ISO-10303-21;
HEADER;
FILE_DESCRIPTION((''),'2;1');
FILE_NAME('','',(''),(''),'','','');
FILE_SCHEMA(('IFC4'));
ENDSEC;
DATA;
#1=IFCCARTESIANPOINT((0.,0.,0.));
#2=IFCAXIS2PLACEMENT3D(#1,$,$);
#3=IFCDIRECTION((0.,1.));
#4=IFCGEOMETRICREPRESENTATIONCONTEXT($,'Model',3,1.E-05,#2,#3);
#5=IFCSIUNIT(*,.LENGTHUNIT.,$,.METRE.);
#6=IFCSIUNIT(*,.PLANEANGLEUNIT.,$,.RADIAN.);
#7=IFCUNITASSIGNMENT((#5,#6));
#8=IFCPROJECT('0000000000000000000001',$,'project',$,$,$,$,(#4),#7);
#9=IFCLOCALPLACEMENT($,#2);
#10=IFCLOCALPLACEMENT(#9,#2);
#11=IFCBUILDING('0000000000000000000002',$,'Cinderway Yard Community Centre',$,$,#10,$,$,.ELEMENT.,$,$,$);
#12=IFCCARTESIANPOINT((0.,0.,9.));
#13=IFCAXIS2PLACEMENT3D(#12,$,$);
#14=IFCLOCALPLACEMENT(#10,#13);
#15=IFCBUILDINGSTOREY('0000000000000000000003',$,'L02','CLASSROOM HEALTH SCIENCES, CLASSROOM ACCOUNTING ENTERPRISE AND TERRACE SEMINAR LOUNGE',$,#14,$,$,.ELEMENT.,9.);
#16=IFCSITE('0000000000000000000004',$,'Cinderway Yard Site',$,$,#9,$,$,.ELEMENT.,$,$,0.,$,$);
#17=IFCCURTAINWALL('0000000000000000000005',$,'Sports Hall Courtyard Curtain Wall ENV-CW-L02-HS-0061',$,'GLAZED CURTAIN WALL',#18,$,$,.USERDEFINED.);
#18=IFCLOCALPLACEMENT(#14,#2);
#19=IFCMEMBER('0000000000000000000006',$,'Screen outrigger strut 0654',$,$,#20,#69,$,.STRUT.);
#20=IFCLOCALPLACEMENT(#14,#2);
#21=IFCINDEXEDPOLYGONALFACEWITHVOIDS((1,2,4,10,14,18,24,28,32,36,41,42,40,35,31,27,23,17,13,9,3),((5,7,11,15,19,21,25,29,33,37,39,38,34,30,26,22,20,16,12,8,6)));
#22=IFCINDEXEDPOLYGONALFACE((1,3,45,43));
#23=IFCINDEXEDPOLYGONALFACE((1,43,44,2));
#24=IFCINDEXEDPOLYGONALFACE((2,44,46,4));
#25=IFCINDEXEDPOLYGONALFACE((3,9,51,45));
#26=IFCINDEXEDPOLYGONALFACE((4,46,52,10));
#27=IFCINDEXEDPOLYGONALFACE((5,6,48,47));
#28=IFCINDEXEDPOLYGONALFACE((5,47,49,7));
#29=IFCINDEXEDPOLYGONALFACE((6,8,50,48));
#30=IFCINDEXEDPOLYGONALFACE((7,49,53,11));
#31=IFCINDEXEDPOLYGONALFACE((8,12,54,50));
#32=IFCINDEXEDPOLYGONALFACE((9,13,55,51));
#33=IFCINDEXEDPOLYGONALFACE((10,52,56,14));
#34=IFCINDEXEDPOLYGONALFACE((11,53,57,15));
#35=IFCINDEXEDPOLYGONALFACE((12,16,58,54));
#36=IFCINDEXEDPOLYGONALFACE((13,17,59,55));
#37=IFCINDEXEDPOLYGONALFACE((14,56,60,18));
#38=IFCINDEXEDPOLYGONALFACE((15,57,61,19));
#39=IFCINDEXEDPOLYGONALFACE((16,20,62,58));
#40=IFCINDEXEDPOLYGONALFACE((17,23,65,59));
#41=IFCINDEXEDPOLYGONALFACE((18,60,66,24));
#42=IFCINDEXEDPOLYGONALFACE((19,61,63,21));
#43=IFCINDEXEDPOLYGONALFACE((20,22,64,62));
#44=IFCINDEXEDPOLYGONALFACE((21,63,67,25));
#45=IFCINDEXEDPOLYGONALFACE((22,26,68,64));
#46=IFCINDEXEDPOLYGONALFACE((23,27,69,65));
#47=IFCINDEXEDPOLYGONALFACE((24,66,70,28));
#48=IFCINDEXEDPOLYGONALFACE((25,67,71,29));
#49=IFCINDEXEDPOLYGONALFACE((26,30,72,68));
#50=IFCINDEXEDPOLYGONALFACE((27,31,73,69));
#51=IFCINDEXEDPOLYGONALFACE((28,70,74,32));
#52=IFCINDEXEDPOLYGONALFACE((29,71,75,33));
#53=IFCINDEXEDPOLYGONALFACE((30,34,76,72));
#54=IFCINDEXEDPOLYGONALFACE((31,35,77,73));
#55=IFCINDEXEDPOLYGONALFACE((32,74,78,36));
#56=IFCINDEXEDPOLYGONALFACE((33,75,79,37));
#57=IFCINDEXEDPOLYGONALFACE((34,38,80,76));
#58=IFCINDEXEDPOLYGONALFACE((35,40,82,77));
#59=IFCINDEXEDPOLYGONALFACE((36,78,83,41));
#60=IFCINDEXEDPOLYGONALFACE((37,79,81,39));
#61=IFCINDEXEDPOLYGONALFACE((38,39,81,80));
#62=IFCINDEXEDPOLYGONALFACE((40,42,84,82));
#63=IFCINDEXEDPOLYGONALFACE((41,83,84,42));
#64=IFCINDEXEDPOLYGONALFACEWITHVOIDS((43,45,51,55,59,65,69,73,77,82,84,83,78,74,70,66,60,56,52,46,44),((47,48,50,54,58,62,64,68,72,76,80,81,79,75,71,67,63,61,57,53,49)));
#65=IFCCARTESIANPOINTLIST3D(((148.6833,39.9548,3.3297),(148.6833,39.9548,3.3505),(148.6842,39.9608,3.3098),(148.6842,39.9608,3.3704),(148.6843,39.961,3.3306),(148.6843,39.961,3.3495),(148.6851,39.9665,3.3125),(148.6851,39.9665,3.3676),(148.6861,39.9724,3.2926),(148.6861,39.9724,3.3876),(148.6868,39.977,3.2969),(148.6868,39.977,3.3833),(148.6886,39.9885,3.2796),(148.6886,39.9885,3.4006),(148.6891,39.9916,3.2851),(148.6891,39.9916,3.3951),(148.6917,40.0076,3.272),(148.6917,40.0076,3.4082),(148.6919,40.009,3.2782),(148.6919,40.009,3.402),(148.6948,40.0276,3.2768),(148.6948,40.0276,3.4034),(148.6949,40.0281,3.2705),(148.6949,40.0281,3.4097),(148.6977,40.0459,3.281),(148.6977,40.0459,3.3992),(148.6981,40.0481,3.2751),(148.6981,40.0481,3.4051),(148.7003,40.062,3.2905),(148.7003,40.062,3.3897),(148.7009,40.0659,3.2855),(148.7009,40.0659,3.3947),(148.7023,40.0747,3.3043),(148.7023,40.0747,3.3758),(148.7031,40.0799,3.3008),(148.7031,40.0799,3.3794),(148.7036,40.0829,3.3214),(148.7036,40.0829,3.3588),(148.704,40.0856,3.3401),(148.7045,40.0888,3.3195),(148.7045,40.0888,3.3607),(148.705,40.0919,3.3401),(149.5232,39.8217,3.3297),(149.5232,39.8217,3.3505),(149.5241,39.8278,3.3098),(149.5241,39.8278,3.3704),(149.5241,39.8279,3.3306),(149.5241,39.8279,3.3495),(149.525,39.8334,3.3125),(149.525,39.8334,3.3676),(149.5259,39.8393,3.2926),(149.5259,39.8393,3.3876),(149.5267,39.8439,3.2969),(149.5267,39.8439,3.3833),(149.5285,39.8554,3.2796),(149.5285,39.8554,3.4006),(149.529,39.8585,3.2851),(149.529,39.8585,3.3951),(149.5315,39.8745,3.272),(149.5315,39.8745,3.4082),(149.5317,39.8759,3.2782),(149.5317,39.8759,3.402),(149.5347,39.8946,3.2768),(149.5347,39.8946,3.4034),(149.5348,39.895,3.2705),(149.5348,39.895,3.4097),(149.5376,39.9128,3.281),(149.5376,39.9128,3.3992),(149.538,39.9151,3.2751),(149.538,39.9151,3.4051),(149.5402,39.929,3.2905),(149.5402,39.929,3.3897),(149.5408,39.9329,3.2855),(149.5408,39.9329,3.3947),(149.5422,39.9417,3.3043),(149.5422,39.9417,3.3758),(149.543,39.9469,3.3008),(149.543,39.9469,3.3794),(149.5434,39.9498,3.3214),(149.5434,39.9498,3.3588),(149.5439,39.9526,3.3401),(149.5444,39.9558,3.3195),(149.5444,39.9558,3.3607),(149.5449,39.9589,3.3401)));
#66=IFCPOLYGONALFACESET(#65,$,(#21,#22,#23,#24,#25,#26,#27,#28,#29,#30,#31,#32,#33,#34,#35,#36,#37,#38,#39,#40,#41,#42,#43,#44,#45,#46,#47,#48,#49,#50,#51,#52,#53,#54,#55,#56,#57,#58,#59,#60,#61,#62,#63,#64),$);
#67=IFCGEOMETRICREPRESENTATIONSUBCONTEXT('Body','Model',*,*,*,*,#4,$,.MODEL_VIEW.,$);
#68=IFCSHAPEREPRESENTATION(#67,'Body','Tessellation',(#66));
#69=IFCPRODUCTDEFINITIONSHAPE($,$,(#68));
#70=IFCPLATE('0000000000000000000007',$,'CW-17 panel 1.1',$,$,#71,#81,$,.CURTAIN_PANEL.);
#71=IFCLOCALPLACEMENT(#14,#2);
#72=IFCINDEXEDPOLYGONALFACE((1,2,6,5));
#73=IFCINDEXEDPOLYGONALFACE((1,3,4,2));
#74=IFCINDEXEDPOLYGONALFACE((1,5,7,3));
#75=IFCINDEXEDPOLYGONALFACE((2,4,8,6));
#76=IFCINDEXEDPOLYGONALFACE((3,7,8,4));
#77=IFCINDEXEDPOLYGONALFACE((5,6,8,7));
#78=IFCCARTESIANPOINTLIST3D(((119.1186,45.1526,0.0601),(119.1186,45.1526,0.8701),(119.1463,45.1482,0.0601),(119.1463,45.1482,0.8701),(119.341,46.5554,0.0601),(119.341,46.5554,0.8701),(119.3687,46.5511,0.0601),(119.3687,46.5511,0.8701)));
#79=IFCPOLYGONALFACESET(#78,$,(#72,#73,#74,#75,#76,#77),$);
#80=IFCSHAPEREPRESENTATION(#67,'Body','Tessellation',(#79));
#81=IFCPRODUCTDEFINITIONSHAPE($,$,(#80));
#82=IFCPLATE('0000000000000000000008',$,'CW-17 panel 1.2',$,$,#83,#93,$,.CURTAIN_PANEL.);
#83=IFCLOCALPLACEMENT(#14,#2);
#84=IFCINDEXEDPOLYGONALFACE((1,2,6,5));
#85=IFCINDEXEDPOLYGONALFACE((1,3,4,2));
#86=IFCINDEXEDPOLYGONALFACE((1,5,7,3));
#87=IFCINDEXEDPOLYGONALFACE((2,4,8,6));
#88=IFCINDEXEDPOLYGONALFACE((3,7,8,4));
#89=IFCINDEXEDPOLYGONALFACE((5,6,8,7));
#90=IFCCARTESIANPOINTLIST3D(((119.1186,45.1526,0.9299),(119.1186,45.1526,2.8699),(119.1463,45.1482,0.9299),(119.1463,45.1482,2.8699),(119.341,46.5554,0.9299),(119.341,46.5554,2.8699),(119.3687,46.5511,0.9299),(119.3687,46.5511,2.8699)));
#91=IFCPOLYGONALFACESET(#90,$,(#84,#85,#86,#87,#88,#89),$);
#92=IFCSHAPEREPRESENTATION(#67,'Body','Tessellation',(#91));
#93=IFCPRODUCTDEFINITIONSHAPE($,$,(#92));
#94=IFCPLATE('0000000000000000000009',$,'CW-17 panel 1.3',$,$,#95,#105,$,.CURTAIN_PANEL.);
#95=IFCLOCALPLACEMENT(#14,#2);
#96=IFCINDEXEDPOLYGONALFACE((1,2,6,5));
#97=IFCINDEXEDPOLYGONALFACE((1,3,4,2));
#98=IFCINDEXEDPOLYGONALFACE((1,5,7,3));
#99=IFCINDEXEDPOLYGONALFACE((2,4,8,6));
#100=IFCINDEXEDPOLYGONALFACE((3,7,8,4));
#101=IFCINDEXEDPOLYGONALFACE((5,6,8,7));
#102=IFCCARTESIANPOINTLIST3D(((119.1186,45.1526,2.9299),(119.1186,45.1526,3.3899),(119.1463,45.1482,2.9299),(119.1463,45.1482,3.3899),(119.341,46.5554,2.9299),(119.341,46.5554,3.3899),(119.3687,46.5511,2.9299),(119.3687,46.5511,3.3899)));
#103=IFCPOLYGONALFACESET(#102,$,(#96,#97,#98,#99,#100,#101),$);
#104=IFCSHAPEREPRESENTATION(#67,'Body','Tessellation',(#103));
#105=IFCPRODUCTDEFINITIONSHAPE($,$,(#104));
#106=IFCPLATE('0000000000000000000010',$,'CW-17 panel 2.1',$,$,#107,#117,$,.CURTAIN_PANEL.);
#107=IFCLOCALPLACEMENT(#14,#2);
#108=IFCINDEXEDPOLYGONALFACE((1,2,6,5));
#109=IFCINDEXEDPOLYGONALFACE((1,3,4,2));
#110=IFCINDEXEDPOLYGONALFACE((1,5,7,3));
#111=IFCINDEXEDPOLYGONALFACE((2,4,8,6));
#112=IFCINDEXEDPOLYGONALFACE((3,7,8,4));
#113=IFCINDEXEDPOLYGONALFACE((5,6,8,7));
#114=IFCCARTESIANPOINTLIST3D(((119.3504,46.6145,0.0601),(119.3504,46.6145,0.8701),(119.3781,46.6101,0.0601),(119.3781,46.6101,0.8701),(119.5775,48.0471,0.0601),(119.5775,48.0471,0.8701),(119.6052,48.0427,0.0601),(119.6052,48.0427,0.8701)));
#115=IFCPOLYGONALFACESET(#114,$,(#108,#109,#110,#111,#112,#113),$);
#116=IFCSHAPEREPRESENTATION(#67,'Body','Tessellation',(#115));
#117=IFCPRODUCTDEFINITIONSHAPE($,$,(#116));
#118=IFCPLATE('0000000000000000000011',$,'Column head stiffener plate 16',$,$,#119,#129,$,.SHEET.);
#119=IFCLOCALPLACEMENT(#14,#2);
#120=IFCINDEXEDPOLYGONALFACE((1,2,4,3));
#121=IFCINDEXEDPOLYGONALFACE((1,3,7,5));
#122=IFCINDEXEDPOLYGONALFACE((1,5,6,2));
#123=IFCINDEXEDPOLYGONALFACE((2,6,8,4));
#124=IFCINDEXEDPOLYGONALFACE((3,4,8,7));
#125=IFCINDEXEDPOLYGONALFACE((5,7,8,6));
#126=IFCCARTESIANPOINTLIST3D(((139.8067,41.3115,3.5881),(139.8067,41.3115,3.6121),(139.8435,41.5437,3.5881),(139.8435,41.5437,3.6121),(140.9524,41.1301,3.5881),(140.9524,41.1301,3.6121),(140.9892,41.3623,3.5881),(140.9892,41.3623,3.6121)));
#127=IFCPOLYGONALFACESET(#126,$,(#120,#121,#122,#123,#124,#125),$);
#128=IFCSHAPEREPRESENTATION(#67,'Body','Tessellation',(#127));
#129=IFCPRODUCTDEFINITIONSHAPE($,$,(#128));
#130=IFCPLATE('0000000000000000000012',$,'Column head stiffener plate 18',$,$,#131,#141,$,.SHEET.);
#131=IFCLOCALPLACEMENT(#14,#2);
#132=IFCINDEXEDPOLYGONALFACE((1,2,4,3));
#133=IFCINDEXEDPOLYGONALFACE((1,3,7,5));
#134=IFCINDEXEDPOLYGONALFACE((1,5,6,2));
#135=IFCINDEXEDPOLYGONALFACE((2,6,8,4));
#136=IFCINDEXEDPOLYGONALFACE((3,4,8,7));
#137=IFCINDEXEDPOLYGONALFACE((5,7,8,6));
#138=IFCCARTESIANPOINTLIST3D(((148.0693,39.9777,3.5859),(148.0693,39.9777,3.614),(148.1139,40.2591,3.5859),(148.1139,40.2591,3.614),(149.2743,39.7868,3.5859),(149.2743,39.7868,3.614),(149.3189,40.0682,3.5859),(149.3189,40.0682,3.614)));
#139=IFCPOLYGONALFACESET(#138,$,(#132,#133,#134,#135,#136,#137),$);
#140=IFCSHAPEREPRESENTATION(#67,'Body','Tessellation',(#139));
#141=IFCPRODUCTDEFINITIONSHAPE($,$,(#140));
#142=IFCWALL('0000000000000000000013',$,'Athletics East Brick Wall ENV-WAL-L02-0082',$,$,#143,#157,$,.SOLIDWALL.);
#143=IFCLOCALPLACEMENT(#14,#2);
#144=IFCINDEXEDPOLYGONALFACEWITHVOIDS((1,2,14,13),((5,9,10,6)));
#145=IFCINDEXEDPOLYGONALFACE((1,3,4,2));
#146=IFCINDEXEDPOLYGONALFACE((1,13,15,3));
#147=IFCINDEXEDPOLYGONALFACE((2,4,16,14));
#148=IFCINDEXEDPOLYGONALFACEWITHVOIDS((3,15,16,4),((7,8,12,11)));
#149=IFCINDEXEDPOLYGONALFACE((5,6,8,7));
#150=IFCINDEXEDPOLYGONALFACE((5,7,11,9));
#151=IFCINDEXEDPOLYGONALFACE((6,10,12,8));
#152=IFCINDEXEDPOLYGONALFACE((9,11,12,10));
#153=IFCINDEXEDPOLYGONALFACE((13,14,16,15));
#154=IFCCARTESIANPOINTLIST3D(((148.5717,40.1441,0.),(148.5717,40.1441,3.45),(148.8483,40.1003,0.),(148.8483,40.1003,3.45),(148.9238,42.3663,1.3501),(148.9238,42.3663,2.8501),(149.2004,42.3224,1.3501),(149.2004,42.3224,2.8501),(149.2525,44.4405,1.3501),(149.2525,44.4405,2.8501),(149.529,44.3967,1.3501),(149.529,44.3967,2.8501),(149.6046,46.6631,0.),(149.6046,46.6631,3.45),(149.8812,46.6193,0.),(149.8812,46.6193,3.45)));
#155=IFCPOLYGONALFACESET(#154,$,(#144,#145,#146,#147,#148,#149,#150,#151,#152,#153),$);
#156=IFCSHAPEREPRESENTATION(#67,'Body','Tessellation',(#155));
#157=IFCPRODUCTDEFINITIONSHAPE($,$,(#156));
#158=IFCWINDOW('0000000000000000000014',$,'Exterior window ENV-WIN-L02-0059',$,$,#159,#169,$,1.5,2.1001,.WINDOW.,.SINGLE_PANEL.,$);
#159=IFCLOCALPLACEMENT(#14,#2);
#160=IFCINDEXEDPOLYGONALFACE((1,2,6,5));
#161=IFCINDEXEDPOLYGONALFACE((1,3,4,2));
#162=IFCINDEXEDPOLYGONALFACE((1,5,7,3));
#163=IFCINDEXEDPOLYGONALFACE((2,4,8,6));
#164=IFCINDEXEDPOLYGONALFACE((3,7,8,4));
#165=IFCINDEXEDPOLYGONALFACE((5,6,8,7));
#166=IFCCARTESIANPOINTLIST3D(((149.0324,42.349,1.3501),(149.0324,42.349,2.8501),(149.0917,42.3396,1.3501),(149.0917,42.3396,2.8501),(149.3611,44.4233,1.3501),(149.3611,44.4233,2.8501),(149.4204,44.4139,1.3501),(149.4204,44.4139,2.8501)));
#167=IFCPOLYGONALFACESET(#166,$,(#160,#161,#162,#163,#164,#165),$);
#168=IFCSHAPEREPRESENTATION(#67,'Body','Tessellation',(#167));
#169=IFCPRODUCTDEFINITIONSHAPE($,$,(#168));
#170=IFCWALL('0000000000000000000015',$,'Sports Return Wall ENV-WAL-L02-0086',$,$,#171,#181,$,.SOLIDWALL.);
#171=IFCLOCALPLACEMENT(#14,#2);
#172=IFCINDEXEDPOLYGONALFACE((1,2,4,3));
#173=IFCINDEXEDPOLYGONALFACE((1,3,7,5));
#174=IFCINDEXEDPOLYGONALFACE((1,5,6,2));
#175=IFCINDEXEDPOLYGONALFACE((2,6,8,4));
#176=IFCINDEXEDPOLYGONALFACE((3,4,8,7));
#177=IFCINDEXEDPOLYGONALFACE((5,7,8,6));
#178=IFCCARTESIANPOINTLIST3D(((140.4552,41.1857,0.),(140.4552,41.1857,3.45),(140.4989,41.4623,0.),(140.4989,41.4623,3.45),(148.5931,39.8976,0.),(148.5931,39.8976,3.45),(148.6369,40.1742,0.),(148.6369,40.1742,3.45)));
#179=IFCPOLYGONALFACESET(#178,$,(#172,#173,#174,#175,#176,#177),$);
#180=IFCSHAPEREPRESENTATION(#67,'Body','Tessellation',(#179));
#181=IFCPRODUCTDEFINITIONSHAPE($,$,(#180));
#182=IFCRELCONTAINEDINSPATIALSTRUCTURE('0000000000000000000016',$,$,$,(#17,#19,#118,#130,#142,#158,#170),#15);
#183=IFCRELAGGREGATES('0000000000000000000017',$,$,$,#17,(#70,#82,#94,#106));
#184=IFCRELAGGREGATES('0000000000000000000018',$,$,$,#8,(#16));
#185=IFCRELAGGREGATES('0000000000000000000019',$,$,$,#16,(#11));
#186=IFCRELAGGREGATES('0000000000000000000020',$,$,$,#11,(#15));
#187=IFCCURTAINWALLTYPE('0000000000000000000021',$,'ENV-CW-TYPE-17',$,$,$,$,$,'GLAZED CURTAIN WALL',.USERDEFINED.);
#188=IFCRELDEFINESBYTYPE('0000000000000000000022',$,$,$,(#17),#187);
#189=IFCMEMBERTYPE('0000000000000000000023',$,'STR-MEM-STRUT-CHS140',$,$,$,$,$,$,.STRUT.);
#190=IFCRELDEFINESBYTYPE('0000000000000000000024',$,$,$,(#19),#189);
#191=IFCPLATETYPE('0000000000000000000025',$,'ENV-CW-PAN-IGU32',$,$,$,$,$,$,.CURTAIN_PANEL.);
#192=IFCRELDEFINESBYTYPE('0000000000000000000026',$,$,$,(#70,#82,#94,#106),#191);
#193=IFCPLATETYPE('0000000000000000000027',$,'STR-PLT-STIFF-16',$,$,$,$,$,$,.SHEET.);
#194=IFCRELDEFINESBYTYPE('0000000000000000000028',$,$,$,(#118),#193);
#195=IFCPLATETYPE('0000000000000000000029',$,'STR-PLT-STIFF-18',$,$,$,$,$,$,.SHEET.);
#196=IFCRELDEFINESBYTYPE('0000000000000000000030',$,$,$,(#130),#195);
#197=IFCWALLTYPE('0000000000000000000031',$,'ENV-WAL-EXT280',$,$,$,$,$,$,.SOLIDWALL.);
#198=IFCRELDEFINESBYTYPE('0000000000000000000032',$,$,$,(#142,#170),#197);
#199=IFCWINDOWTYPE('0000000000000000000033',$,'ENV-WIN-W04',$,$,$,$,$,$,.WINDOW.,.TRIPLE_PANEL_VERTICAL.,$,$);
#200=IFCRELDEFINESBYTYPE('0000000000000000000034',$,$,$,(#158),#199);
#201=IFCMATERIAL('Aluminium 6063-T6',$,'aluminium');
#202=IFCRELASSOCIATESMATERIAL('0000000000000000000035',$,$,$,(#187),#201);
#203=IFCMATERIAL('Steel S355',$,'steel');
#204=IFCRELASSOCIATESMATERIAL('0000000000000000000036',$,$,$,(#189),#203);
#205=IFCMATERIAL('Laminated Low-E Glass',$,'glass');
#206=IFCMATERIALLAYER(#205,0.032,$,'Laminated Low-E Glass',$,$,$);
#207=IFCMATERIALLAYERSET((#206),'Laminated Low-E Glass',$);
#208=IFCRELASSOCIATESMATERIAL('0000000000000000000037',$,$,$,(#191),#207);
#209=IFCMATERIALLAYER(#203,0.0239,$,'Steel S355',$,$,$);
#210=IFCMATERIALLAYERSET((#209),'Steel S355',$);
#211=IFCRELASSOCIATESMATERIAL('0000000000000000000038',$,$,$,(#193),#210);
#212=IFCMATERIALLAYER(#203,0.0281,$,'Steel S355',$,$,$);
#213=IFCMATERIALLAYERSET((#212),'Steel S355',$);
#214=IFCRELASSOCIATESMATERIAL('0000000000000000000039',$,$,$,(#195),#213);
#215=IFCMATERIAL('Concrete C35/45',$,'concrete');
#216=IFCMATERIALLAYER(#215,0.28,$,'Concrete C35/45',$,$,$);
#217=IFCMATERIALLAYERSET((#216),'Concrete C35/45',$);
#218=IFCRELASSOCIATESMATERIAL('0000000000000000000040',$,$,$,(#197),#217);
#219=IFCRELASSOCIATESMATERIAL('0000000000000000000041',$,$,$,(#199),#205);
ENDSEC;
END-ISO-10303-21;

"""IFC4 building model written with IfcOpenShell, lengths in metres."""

from ifc_helpers import new_model, si_unit, direction, frame, frame_2d, origin, origin_2d, place, context, subcontext, project, spatial, rectangle, hollow_circle, extrude, material, layer, layer_set, material_profile, profile_set, type_object, element, fill, aggregate, save


model = new_model("IFC4")

# Units and contexts
model_context = context("Model", 3, precision=1e-05, world=origin(), true_north=direction((0.0, 1.0)))
body_context = subcontext(model_context, "Body", "Model", "MODEL_VIEW")
ifc_project = project(units=[si_unit("LENGTHUNIT", "METRE"), si_unit("PLANEANGLEUNIT", "RADIAN")], contexts=[model_context])

# Site, building, storey
site_placement = place(None, origin())
site = spatial("IfcSite", under=ifc_project, at=site_placement, Name="Cinderway Yard Site", CompositionType="ELEMENT", RefElevation=0.0)
building_placement = place(site_placement, origin())
building = spatial("IfcBuilding", under=site, at=building_placement, Name="Cinderway Yard Community Centre", CompositionType="ELEMENT")
storey_placement = place(building_placement, frame((0.0, 0.0, 9.0)))
storey = spatial("IfcBuildingStorey", under=building, at=storey_placement, Name="L02", Description="CLASSROOM HEALTH SCIENCES, CLASSROOM ACCOUNTING ENTERPRISE AND TERRACE SEMINAR LOUNGE", CompositionType="ELEMENT", Elevation=9.0)

# Curtain wall
ifc_material_1 = material(Name="Aluminium 6063-T6", Category="aluminium")
curtain_wall_type = type_object("IfcCurtainWallType", Name="ENV-CW-TYPE-17", ElementType="GLAZED CURTAIN WALL", PredefinedType="USERDEFINED", material=ifc_material_1)
curtain_wall_placement = place(storey_placement, origin())
curtain_wall = element("IfcCurtainWall", 1, at=curtain_wall_placement, inside=storey, type_object=curtain_wall_type, Name="Sports Hall Courtyard Curtain Wall ENV-CW-L02-HS-0061", ObjectType="GLAZED CURTAIN WALL", PredefinedType="USERDEFINED")

# Shared definitions
ifc_material_2 = material(Name="Steel S355", Category="steel")

# Member
ifc_material_profile_1 = material_profile(ifc_material_2, hollow_circle(Radius=0.0698, WallThickness=0.0063, at=origin_2d()), Name="Steel S355")
ifc_profile_set_1 = profile_set([ifc_material_profile_1], Name="Steel S355")
member_type_1 = type_object("IfcMemberType", Name="STR-MEM-STRUT-CHS140", PredefinedType="STRUT", material=ifc_profile_set_1)
for number, where, z_axis, x_axis, name in (
    (2, (148.6941, 40.0229, 3.3401), (0.987681, -0.156479, 0.0), (0.156479, 0.987681, 0.0), "Screen outrigger strut 0654"),
):
    element("IfcMember", number, at=place(storey_placement, frame(where, z_axis=z_axis, x_axis=x_axis)), inside=storey, type_object=member_type_1, Name=name, PredefinedType="STRUT", context=body_context, shape_type="SweptSolid", body=[
        extrude(hollow_circle(Radius=0.0698, WallThickness=0.0063, at=origin_2d()), origin(), (0.0, 0.0, 1.0), 0.8503),
    ])

# Plates
ifc_material_3 = material(Name="Laminated Low-E Glass", Category="glass")
ifc_layer_1 = layer(ifc_material_3, 0.032, Name="Laminated Low-E Glass")
ifc_layer_set_1 = layer_set([ifc_layer_1], Name="Laminated Low-E Glass")
plate_type_1 = type_object("IfcPlateType", Name="ENV-CW-PAN-IGU32", PredefinedType="CURTAIN_PANEL", material=ifc_layer_set_1)
plate_1_placement = place(storey_placement, frame((119.2437, 45.8518, 0.0601), z_axis=(0.0, 0.0, 1.0), x_axis=(0.156583, 0.987665, 0.0)))
plate_1 = element("IfcPlate", 3, at=plate_1_placement, type_object=plate_type_1, Name="CW-17 panel 1.1", PredefinedType="CURTAIN_PANEL", context=body_context, shape_type="SweptSolid", body=[
    extrude(rectangle(XDim=1.4204, YDim=0.0281, at=origin_2d()), origin(), (0.0, 0.0, 1.0), 0.8101),
])
plate_2_placement = place(storey_placement, frame((119.2437, 45.8518, 0.9299), z_axis=(0.0, 0.0, 1.0), x_axis=(0.156583, 0.987665, 0.0)))
plate_2 = element("IfcPlate", 4, at=plate_2_placement, type_object=plate_type_1, Name="CW-17 panel 1.2", PredefinedType="CURTAIN_PANEL", context=body_context, shape_type="SweptSolid", body=[
    extrude(rectangle(XDim=1.4204, YDim=0.0281, at=origin_2d()), origin(), (0.0, 0.0, 1.0), 1.9399),
])
plate_3_placement = place(storey_placement, frame((119.2437, 45.8518, 2.9299), z_axis=(0.0, 0.0, 1.0), x_axis=(0.156583, 0.987665, 0.0)))
plate_3 = element("IfcPlate", 5, at=plate_3_placement, type_object=plate_type_1, Name="CW-17 panel 1.3", PredefinedType="CURTAIN_PANEL", context=body_context, shape_type="SweptSolid", body=[
    extrude(rectangle(XDim=1.4204, YDim=0.0281, at=origin_2d()), origin(), (0.0, 0.0, 1.0), 0.46),
])
plate_4_placement = place(storey_placement, frame((119.4778, 47.3286, 0.0601), z_axis=(0.0, 0.0, 1.0), x_axis=(0.156583, 0.987665, 0.0)))
plate_4 = element("IfcPlate", 6, at=plate_4_placement, type_object=plate_type_1, Name="CW-17 panel 2.1", PredefinedType="CURTAIN_PANEL", context=body_context, shape_type="SweptSolid", body=[
    extrude(rectangle(XDim=1.4504, YDim=0.0281, at=origin_2d()), origin(), (0.0, 0.0, 1.0), 0.8101),
])
aggregate(curtain_wall, [plate_1, plate_2, plate_3, plate_4])

# Plates
ifc_layer_2 = layer(ifc_material_2, 0.0239, Name="Steel S355")
ifc_layer_set_2 = layer_set([ifc_layer_2], Name="Steel S355")
plate_type_2 = type_object("IfcPlateType", Name="STR-PLT-STIFF-16", PredefinedType="SHEET", material=ifc_layer_set_2)
plate_5_placement = place(storey_placement, frame((140.3979, 41.3369, 3.5881), z_axis=(0.0, 0.0, 1.0), x_axis=(0.987688, -0.156434, 0.0)))
element("IfcPlate", 7, at=plate_5_placement, inside=storey, type_object=plate_type_2, Name="Column head stiffener plate 16", PredefinedType="SHEET", context=body_context, shape_type="SweptSolid", body=[
    extrude(rectangle(XDim=1.1599, YDim=0.2351, at=origin_2d()), origin(), (0.0, 0.0, 1.0), 0.0239),
])
ifc_layer_3 = layer(ifc_material_2, 0.0281, Name="Steel S355")
ifc_layer_set_3 = layer_set([ifc_layer_3], Name="Steel S355")
plate_type_3 = type_object("IfcPlateType", Name="STR-PLT-STIFF-18", PredefinedType="SHEET", material=ifc_layer_set_3)
plate_6_placement = place(storey_placement, frame((148.6941, 40.0229, 3.5859), z_axis=(0.0, 0.0, 1.0), x_axis=(0.987688, -0.156434, 0.0)))
element("IfcPlate", 8, at=plate_6_placement, inside=storey, type_object=plate_type_3, Name="Column head stiffener plate 18", PredefinedType="SHEET", context=body_context, shape_type="SweptSolid", body=[
    extrude(rectangle(XDim=1.22, YDim=0.2849, at=origin_2d()), origin(), (0.0, 0.0, 1.0), 0.0281),
])

# Wall, opening, window
ifc_material_4 = material(Name="Concrete C35/45", Category="concrete")
ifc_layer_4 = layer(ifc_material_4, 0.28, Name="Concrete C35/45")
ifc_layer_set_4 = layer_set([ifc_layer_4], Name="Concrete C35/45")
wall_type_1 = type_object("IfcWallType", Name="ENV-WAL-EXT280", PredefinedType="SOLIDWALL", material=ifc_layer_set_4)
wall_1_placement = place(storey_placement, frame((148.71, 40.1221, 0.0), z_axis=(0.0, 0.0, 1.0), x_axis=(0.1565, 0.987678, 0.0)))
wall_1 = element("IfcWall", 9, at=wall_1_placement, inside=storey, type_object=wall_type_1, Name="Athletics East Brick Wall ENV-WAL-L02-0082", PredefinedType="SOLIDWALL", context=body_context, shape_type="SweptSolid", body=[
    extrude(rectangle(XDim=6.6003, YDim=0.28, at=frame_2d((3.3003, 0.0))), origin(), (0.0, 0.0, 1.0), 3.45),
])
opening_1_placement = place(wall_1_placement, frame((2.25, 0.0, 1.3501)))
opening_1 = element("IfcOpeningElement", 10, at=opening_1_placement, cuts=wall_1, PredefinedType="OPENING", context=body_context, shape_type="SweptSolid", body=[
    extrude(rectangle(XDim=2.1001, YDim=1.5, at=frame_2d((1.05, 0.75))), frame((0.0, 0.1499, 0.0), z_axis=(0.0, -1.0, 0.0), x_axis=(1.0, 0.0, 0.0)), (0.0, 0.0, 1.0), 0.3),
])
window_type = type_object("IfcWindowType", Name="ENV-WIN-W04", PartitioningType="TRIPLE_PANEL_VERTICAL", PredefinedType="WINDOW", material=ifc_material_3)
window_placement = place(opening_1_placement, origin())
window = element("IfcWindow", 11, at=window_placement, inside=storey, type_object=window_type, Name="Exterior window ENV-WIN-L02-0059", OverallHeight=1.5, OverallWidth=2.1001, PartitioningType="SINGLE_PANEL", PredefinedType="WINDOW", context=body_context, shape_type="SweptSolid", body=[
    extrude(rectangle(XDim=2.1001, YDim=1.5, at=frame_2d((1.05, 0.75))), frame((0.0, 0.03, 0.0), z_axis=(0.0, -1.0, 0.0), x_axis=(1.0, 0.0, 0.0)), (0.0, 0.0, 1.0), 0.0601),
])
fill(opening_1, window)

# Wall
wall_2_placement = place(storey_placement, frame((140.4771, 41.324, 0.0), z_axis=(0.0, 0.0, 1.0), x_axis=(0.987704, -0.156335, 0.0)))
element("IfcWall", 12, at=wall_2_placement, inside=storey, type_object=wall_type_1, Name="Sports Return Wall ENV-WAL-L02-0086", PredefinedType="SOLIDWALL", context=body_context, shape_type="SweptSolid", body=[
    extrude(rectangle(XDim=8.2393, YDim=0.28, at=frame_2d((4.1196, 0.0))), origin(), (0.0, 0.0, 1.0), 3.45),
])

save(model, "model.ifc")
